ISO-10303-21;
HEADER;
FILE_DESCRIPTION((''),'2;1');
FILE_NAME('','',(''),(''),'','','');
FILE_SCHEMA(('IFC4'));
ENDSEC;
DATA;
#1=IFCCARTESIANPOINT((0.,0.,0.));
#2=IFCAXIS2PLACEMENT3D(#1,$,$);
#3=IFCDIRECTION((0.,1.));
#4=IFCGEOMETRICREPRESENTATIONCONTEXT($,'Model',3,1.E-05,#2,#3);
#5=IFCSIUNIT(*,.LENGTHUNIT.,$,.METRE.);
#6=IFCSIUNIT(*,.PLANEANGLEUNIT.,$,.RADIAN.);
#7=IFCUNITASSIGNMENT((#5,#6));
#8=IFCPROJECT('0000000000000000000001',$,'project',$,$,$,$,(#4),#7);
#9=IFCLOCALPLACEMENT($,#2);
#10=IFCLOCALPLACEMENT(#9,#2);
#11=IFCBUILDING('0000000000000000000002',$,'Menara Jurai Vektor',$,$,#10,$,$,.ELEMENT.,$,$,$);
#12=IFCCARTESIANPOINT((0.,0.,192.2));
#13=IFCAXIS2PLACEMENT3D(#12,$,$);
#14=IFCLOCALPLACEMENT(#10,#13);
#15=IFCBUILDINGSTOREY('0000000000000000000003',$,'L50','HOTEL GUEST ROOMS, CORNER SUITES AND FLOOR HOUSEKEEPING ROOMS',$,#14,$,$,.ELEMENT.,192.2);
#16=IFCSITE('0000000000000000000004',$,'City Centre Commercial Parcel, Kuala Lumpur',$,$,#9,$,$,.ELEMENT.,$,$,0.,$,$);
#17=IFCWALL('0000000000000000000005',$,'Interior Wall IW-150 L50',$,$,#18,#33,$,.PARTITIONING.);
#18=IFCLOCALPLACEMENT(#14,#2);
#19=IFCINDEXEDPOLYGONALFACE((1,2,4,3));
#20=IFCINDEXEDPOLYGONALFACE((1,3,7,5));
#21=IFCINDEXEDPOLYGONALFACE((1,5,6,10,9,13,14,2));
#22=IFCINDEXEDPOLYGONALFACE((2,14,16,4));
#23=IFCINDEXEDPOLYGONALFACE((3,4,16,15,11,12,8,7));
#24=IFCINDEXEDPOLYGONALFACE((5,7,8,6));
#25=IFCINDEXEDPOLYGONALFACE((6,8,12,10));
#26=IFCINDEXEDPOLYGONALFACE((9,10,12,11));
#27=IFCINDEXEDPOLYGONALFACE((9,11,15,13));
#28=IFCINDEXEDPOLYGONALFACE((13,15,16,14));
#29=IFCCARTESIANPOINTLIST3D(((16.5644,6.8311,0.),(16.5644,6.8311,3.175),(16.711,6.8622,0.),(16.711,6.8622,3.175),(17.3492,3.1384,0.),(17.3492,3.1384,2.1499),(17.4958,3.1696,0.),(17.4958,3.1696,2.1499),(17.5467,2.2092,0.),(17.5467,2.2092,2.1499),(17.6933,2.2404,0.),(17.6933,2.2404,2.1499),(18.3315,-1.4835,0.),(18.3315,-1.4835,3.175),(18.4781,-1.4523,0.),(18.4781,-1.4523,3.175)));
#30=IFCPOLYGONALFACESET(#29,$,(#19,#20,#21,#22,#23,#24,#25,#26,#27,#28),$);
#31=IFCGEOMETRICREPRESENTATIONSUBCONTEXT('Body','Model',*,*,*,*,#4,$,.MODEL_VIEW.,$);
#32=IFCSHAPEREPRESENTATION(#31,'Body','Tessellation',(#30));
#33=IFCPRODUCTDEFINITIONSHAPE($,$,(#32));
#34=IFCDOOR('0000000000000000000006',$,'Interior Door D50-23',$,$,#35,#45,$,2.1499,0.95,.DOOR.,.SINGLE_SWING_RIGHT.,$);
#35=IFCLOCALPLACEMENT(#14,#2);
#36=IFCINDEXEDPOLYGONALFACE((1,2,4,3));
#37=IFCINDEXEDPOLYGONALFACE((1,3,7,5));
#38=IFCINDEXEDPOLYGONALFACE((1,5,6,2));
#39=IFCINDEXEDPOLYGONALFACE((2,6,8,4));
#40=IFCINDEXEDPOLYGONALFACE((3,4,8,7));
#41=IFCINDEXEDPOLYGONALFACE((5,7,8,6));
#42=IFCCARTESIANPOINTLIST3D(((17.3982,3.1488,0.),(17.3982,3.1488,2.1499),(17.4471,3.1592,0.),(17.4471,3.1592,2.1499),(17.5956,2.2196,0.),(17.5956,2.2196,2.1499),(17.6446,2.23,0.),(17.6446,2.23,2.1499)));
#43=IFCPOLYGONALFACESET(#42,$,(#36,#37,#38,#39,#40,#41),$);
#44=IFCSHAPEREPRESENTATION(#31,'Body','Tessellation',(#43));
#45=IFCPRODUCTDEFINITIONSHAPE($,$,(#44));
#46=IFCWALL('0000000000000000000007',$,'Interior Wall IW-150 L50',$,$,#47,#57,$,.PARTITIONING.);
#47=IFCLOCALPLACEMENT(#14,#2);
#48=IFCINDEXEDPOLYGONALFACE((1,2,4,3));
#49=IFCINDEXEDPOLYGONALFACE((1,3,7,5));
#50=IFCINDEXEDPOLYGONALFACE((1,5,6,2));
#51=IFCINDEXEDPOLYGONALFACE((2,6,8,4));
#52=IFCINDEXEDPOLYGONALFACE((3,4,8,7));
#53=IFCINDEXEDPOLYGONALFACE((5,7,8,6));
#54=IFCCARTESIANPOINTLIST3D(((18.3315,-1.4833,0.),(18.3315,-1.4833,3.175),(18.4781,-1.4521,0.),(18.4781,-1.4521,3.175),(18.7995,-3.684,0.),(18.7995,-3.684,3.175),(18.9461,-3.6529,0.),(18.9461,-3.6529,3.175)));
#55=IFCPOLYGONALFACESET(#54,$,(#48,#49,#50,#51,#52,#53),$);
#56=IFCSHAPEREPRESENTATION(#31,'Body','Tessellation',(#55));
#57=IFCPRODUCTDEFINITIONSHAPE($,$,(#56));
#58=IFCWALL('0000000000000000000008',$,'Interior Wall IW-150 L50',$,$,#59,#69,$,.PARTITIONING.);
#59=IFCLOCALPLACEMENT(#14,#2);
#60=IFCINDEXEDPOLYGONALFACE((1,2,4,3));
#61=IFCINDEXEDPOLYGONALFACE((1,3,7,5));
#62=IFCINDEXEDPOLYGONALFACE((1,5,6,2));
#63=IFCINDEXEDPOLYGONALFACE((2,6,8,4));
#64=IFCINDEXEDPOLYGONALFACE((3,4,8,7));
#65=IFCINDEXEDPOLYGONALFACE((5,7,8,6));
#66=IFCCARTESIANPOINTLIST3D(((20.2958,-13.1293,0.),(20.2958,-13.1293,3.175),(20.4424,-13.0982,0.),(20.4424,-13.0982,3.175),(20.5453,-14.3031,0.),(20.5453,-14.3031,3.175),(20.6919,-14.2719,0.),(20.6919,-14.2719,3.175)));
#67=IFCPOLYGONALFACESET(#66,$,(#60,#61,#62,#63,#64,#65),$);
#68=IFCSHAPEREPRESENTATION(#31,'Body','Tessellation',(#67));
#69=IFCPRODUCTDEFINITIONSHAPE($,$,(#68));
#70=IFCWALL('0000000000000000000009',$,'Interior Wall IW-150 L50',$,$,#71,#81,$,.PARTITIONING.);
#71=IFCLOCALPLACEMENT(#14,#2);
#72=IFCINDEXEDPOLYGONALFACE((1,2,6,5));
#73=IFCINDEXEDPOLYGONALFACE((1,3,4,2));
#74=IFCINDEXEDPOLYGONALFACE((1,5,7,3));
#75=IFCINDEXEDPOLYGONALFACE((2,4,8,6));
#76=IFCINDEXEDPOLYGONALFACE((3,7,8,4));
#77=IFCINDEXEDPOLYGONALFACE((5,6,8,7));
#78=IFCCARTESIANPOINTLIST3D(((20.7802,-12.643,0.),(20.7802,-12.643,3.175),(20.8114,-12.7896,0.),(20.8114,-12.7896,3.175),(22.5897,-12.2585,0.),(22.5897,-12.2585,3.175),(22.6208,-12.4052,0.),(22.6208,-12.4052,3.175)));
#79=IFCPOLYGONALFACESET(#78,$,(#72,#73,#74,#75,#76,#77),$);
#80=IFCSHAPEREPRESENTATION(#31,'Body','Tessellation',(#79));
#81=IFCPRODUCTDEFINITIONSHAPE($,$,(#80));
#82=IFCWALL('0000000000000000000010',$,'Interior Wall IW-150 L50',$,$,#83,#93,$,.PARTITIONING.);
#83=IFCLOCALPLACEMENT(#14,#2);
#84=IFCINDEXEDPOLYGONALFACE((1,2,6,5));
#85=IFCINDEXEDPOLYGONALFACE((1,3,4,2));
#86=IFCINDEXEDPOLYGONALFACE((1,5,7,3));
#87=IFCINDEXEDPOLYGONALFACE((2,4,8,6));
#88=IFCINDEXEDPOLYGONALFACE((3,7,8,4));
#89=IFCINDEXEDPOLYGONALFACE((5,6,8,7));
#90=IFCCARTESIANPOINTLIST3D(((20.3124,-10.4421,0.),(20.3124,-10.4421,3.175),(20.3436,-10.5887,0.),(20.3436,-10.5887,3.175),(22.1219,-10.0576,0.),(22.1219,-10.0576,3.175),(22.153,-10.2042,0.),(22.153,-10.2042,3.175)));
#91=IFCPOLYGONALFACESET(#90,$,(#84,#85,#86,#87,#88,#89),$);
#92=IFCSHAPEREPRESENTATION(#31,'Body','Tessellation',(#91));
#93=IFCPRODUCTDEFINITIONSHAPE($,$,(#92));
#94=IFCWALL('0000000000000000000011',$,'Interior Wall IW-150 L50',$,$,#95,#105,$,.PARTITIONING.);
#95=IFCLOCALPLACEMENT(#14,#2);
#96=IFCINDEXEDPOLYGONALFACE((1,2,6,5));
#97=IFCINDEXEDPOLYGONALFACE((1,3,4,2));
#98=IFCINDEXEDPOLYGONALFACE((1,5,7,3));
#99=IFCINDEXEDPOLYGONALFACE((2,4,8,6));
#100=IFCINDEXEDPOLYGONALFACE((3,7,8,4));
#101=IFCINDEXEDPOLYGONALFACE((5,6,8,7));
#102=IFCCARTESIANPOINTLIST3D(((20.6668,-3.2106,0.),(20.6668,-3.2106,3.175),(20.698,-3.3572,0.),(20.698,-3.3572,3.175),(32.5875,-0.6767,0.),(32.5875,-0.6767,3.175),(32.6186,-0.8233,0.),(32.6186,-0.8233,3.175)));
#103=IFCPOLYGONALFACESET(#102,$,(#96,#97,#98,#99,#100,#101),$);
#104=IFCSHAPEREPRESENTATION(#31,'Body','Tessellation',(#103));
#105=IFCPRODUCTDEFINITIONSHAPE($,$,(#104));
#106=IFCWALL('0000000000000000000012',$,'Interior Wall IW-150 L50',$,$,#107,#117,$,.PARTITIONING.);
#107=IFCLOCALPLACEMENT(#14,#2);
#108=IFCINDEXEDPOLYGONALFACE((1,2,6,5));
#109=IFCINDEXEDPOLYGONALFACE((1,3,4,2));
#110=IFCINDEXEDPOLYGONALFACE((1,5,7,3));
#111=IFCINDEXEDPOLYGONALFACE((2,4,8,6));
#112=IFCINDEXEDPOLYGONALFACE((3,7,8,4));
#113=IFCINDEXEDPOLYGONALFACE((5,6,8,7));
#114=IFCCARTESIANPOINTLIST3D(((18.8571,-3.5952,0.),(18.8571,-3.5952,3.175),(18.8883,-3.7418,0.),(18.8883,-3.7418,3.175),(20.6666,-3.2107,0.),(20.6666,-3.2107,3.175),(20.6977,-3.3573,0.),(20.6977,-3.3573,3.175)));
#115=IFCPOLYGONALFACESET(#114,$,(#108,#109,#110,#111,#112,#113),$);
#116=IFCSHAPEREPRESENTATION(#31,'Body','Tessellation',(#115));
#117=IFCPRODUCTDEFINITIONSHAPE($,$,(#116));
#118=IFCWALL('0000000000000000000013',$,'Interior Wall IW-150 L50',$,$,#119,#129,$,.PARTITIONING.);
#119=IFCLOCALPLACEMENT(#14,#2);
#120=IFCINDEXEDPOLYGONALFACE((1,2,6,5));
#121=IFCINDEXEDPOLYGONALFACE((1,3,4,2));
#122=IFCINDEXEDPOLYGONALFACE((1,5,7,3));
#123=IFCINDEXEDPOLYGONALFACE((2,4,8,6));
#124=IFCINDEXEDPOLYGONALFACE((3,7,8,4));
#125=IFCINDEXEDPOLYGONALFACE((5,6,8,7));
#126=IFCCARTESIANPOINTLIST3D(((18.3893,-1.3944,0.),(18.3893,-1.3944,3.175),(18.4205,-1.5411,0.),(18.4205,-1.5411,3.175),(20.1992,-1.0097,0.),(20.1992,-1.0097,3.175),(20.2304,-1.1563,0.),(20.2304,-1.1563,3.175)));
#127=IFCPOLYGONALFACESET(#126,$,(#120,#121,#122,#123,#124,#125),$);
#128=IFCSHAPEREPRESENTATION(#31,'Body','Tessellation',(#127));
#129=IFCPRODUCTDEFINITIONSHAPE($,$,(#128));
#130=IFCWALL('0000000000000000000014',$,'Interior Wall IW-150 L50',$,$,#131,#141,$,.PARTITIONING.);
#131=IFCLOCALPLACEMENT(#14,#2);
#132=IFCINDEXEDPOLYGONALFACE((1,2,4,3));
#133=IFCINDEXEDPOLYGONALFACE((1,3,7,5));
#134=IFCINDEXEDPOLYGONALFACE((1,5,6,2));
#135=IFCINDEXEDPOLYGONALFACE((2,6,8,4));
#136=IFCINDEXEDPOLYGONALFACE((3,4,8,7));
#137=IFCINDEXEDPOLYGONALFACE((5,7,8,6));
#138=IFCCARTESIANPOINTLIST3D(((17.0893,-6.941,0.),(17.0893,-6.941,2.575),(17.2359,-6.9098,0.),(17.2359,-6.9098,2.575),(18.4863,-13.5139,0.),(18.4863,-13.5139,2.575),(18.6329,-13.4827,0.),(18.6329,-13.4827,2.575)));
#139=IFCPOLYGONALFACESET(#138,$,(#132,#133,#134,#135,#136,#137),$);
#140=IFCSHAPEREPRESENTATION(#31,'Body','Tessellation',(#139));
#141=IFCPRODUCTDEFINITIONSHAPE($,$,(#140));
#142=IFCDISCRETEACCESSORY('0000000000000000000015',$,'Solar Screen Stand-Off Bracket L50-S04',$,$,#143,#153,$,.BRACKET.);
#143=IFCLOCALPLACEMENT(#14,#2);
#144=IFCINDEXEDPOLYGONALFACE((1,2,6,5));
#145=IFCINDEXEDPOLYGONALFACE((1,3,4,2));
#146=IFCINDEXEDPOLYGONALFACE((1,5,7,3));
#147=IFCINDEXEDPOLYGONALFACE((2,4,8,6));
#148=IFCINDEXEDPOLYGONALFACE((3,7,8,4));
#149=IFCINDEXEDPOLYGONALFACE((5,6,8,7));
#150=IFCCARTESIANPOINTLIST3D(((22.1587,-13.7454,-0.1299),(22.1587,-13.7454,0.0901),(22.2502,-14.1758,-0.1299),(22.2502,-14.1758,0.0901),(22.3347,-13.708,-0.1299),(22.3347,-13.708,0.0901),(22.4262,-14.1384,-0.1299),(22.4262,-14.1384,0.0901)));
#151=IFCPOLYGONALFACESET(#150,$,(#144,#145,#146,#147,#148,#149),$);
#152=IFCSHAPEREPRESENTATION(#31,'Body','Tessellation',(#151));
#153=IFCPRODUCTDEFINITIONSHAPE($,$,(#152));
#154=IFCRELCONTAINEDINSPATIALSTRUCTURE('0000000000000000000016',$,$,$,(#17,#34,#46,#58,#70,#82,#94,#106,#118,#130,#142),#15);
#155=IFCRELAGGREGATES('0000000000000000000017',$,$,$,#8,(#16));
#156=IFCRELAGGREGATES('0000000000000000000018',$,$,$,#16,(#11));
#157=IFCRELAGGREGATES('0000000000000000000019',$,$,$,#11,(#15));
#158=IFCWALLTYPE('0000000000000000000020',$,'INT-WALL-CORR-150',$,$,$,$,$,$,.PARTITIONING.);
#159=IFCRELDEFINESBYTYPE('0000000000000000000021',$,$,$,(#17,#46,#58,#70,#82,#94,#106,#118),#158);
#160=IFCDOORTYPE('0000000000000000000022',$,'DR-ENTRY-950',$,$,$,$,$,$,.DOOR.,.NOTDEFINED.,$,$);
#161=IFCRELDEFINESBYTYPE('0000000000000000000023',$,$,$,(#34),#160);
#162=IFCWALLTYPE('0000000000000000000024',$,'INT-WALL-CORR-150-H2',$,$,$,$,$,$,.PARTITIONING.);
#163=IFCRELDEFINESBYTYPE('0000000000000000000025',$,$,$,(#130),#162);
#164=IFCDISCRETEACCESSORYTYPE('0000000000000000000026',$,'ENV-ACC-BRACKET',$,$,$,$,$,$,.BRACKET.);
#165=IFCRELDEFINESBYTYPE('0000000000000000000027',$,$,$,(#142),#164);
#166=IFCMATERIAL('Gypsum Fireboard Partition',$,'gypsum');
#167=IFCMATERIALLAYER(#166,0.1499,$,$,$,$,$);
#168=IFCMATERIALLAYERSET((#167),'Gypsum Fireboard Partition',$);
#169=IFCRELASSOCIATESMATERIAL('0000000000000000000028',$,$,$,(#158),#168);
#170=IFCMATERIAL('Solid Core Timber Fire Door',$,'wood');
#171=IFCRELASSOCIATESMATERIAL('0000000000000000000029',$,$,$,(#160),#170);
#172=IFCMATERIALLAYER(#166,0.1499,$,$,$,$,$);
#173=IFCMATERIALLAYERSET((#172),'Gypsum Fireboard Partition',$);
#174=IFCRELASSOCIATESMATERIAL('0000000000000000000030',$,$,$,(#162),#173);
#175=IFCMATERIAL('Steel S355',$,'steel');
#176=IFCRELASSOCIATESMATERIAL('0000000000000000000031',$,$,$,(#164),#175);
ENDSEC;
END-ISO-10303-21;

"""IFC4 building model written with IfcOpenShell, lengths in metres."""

from ifc_helpers import new_model, si_unit, direction, frame, frame_2d, origin, origin_2d, place, context, subcontext, project, spatial, rectangle, extrude, material, layer, layer_set, type_object, element, fill, save


model = new_model("IFC4")

# Units and contexts
model_context = context("Model", 3, precision=1e-05, world=origin(), true_north=direction((0.0, 1.0)))
body_context = subcontext(model_context, "Body", "Model", "MODEL_VIEW")
ifc_project = project(units=[si_unit("LENGTHUNIT", "METRE"), si_unit("PLANEANGLEUNIT", "RADIAN")], contexts=[model_context])

# Site, building, storey
site_placement = place(None, origin())
site = spatial("IfcSite", under=ifc_project, at=site_placement, Name="City Centre Commercial Parcel, Kuala Lumpur", CompositionType="ELEMENT", RefElevation=0.0)
building_placement = place(site_placement, origin())
building = spatial("IfcBuilding", under=site, at=building_placement, Name="Menara Jurai Vektor", CompositionType="ELEMENT")
storey_placement = place(building_placement, frame((0.0, 0.0, 192.2)))
storey = spatial("IfcBuildingStorey", under=building, at=storey_placement, Name="L50", Description="HOTEL GUEST ROOMS, CORNER SUITES AND FLOOR HOUSEKEEPING ROOMS", CompositionType="ELEMENT", Elevation=192.2)

# Shared definitions
ifc_material_1 = material(Name="Steel S355", Category="steel")

# Shared definitions
ifc_material_2 = material(Name="Gypsum Fireboard Partition", Category="gypsum")
ifc_layer_1 = layer(ifc_material_2, 0.1499)
ifc_layer_set_1 = layer_set([ifc_layer_1], Name="Gypsum Fireboard Partition")
wall_type_1 = type_object("IfcWallType", Name="INT-WALL-CORR-150", PredefinedType="PARTITIONING", material=ifc_layer_set_1)

# Shared definitions
ifc_material_3 = material(Name="Solid Core Timber Fire Door", Category="wood")
door_type_1 = type_object("IfcDoorType", Name="DR-ENTRY-950", OperationType="NOTDEFINED", PredefinedType="DOOR", material=ifc_material_3)

# Wall, opening, door
wall_1_placement = place(storey_placement, frame((18.4048, -1.4678, 0.0), z_axis=(0.0, 0.0, 1.0), x_axis=(-0.207889, 0.978152, 0.0)))
wall_1 = element("IfcWall", 1, at=wall_1_placement, inside=storey, type_object=wall_type_1, Name="Interior Wall IW-150 L50", PredefinedType="PARTITIONING", context=body_context, shape_type="SweptSolid", body=[
    extrude(rectangle(XDim=8.5002, YDim=0.1499, at=frame_2d((4.25, 0.0))), origin(), (0.0, 0.0, 1.0), 3.175),
])
opening_1_placement = place(wall_1_placement, frame((3.7749, 0.0, 0.0)))
opening_1 = element("IfcOpeningElement", 2, at=opening_1_placement, cuts=wall_1, PredefinedType="OPENING", context=body_context, shape_type="SweptSolid", body=[
    extrude(rectangle(XDim=0.95, YDim=2.1499, at=frame_2d((0.4751, 1.075))), frame((0.0, 0.085, 0.0), z_axis=(0.0, -1.0, 0.0), x_axis=(1.0, 0.0, 0.0)), (0.0, 0.0, 1.0), 0.1699),
])
door_1_placement = place(opening_1_placement, origin())
door_1 = element("IfcDoor", 3, at=door_1_placement, inside=storey, type_object=door_type_1, Name="Interior Door D50-23", OperationType="SINGLE_SWING_RIGHT", OverallHeight=2.1499, OverallWidth=0.95, PredefinedType="DOOR", context=body_context, shape_type="SweptSolid", body=[
    extrude(rectangle(XDim=0.95, YDim=2.1499, at=frame_2d((0.4751, 1.075))), frame((0.0, 0.0249, 0.0), z_axis=(0.0, -1.0, 0.0), x_axis=(1.0, 0.0, 0.0)), (0.0, 0.0, 1.0), 0.05),
])
fill(opening_1, door_1)

# Walls
wall_2_placement = place(storey_placement, frame((18.8728, -3.6685, 0.0), z_axis=(0.0, 0.0, 1.0), x_axis=(-0.208017, 0.978125, 0.0)))
element("IfcWall", 4, at=wall_2_placement, inside=storey, type_object=wall_type_1, Name="Interior Wall IW-150 L50", PredefinedType="PARTITIONING", context=body_context, shape_type="SweptSolid", body=[
    extrude(rectangle(XDim=2.25, YDim=0.1499, at=frame_2d((1.125, 0.0))), origin(), (0.0, 0.0, 1.0), 3.175),
])
wall_3_placement = place(storey_placement, frame((20.6187, -14.2876, 0.0), z_axis=(0.0, 0.0, 1.0), x_axis=(-0.207917, 0.978146, 0.0)))
element("IfcWall", 5, at=wall_3_placement, inside=storey, type_object=wall_type_1, Name="Interior Wall IW-150 L50", PredefinedType="PARTITIONING", context=body_context, shape_type="SweptSolid", body=[
    extrude(rectangle(XDim=1.2, YDim=0.1499, at=frame_2d((0.6001, 0.0))), origin(), (0.0, 0.0, 1.0), 3.175),
])
for number, where, z_axis, x_axis, name in (
    (6, (20.7959, -12.7163, 0.0), (0.0, 0.0, 1.0), (0.97816, 0.207852, 0.0), "Interior Wall IW-150 L50"),
    (7, (20.3281, -10.5154, 0.0), (0.0, 0.0, 1.0), (0.97816, 0.207852, 0.0), "Interior Wall IW-150 L50"),
):
    element("IfcWall", number, at=place(storey_placement, frame(where, z_axis=z_axis, x_axis=x_axis)), inside=storey, type_object=wall_type_1, Name=name, PredefinedType="PARTITIONING", context=body_context, shape_type="SweptSolid", body=[
        extrude(rectangle(XDim=1.8499, YDim=0.1499, at=frame_2d((0.9248, 0.0))), origin(), (0.0, 0.0, 1.0), 3.175),
    ])

# Walls
wall_4_placement = place(storey_placement, frame((20.6824, -3.2839, 0.0), z_axis=(0.0, 0.0, 1.0), x_axis=(0.978146, 0.207921, 0.0)))
element("IfcWall", 8, at=wall_4_placement, inside=storey, type_object=wall_type_1, Name="Interior Wall IW-150 L50", PredefinedType="PARTITIONING", context=body_context, shape_type="SweptSolid", body=[
    extrude(rectangle(XDim=12.187, YDim=0.1499, at=frame_2d((6.0935, 0.0))), origin(), (0.0, 0.0, 1.0), 3.175),
])
wall_5_placement = place(storey_placement, frame((18.8728, -3.6685, 0.0), z_axis=(0.0, 0.0, 1.0), x_axis=(0.97816, 0.207852, 0.0)))
element("IfcWall", 9, at=wall_5_placement, inside=storey, type_object=wall_type_1, Name="Interior Wall IW-150 L50", PredefinedType="PARTITIONING", context=body_context, shape_type="SweptSolid", body=[
    extrude(rectangle(XDim=1.8499, YDim=0.1499, at=frame_2d((0.9248, 0.0))), origin(), (0.0, 0.0, 1.0), 3.175),
])
wall_6_placement = place(storey_placement, frame((18.4048, -1.4678, 0.0), z_axis=(0.0, 0.0, 1.0), x_axis=(0.978139, 0.207952, 0.0)))
element("IfcWall", 10, at=wall_6_placement, inside=storey, type_object=wall_type_1, Name="Interior Wall IW-150 L50", PredefinedType="PARTITIONING", context=body_context, shape_type="SweptSolid", body=[
    extrude(rectangle(XDim=1.8503, YDim=0.1499, at=frame_2d((0.9253, 0.0))), origin(), (0.0, 0.0, 1.0), 3.175),
])

# Wall
ifc_layer_2 = layer(ifc_material_2, 0.1499)
ifc_layer_set_2 = layer_set([ifc_layer_2], Name="Gypsum Fireboard Partition")
wall_type_2 = type_object("IfcWallType", Name="INT-WALL-CORR-150-H2", PredefinedType="PARTITIONING", material=ifc_layer_set_2)
wall_7_placement = place(storey_placement, frame((18.5596, -13.4983, 0.0), z_axis=(0.0, 0.0, 1.0), x_axis=(-0.207889, 0.978152, 0.0)))
element("IfcWall", 11, at=wall_7_placement, inside=storey, type_object=wall_type_2, Name="Interior Wall IW-150 L50", PredefinedType="PARTITIONING", context=body_context, shape_type="SweptSolid", body=[
    extrude(rectangle(XDim=6.7197, YDim=0.1499, at=frame_2d((3.3599, 0.0))), origin(), (0.0, 0.0, 1.0), 2.575),
])

# Discrete accessory
discrete_accessory_type = type_object("IfcDiscreteAccessoryType", Name="ENV-ACC-BRACKET", PredefinedType="BRACKET", material=ifc_material_1)
discrete_accessory_placement = place(storey_placement, frame((22.2925, -13.9419, -0.1299), z_axis=(0.0, 0.0, 1.0), x_axis=(0.978148, 0.207912, 0.0)))
element("IfcDiscreteAccessory", 12, at=discrete_accessory_placement, inside=storey, type_object=discrete_accessory_type, Name="Solar Screen Stand-Off Bracket L50-S04", PredefinedType="BRACKET", context=body_context, shape_type="SweptSolid", body=[
    extrude(rectangle(XDim=0.1799, YDim=0.4399, at=origin_2d()), origin(), (0.0, 0.0, 1.0), 0.22),
])

save(model, "model.ifc")
